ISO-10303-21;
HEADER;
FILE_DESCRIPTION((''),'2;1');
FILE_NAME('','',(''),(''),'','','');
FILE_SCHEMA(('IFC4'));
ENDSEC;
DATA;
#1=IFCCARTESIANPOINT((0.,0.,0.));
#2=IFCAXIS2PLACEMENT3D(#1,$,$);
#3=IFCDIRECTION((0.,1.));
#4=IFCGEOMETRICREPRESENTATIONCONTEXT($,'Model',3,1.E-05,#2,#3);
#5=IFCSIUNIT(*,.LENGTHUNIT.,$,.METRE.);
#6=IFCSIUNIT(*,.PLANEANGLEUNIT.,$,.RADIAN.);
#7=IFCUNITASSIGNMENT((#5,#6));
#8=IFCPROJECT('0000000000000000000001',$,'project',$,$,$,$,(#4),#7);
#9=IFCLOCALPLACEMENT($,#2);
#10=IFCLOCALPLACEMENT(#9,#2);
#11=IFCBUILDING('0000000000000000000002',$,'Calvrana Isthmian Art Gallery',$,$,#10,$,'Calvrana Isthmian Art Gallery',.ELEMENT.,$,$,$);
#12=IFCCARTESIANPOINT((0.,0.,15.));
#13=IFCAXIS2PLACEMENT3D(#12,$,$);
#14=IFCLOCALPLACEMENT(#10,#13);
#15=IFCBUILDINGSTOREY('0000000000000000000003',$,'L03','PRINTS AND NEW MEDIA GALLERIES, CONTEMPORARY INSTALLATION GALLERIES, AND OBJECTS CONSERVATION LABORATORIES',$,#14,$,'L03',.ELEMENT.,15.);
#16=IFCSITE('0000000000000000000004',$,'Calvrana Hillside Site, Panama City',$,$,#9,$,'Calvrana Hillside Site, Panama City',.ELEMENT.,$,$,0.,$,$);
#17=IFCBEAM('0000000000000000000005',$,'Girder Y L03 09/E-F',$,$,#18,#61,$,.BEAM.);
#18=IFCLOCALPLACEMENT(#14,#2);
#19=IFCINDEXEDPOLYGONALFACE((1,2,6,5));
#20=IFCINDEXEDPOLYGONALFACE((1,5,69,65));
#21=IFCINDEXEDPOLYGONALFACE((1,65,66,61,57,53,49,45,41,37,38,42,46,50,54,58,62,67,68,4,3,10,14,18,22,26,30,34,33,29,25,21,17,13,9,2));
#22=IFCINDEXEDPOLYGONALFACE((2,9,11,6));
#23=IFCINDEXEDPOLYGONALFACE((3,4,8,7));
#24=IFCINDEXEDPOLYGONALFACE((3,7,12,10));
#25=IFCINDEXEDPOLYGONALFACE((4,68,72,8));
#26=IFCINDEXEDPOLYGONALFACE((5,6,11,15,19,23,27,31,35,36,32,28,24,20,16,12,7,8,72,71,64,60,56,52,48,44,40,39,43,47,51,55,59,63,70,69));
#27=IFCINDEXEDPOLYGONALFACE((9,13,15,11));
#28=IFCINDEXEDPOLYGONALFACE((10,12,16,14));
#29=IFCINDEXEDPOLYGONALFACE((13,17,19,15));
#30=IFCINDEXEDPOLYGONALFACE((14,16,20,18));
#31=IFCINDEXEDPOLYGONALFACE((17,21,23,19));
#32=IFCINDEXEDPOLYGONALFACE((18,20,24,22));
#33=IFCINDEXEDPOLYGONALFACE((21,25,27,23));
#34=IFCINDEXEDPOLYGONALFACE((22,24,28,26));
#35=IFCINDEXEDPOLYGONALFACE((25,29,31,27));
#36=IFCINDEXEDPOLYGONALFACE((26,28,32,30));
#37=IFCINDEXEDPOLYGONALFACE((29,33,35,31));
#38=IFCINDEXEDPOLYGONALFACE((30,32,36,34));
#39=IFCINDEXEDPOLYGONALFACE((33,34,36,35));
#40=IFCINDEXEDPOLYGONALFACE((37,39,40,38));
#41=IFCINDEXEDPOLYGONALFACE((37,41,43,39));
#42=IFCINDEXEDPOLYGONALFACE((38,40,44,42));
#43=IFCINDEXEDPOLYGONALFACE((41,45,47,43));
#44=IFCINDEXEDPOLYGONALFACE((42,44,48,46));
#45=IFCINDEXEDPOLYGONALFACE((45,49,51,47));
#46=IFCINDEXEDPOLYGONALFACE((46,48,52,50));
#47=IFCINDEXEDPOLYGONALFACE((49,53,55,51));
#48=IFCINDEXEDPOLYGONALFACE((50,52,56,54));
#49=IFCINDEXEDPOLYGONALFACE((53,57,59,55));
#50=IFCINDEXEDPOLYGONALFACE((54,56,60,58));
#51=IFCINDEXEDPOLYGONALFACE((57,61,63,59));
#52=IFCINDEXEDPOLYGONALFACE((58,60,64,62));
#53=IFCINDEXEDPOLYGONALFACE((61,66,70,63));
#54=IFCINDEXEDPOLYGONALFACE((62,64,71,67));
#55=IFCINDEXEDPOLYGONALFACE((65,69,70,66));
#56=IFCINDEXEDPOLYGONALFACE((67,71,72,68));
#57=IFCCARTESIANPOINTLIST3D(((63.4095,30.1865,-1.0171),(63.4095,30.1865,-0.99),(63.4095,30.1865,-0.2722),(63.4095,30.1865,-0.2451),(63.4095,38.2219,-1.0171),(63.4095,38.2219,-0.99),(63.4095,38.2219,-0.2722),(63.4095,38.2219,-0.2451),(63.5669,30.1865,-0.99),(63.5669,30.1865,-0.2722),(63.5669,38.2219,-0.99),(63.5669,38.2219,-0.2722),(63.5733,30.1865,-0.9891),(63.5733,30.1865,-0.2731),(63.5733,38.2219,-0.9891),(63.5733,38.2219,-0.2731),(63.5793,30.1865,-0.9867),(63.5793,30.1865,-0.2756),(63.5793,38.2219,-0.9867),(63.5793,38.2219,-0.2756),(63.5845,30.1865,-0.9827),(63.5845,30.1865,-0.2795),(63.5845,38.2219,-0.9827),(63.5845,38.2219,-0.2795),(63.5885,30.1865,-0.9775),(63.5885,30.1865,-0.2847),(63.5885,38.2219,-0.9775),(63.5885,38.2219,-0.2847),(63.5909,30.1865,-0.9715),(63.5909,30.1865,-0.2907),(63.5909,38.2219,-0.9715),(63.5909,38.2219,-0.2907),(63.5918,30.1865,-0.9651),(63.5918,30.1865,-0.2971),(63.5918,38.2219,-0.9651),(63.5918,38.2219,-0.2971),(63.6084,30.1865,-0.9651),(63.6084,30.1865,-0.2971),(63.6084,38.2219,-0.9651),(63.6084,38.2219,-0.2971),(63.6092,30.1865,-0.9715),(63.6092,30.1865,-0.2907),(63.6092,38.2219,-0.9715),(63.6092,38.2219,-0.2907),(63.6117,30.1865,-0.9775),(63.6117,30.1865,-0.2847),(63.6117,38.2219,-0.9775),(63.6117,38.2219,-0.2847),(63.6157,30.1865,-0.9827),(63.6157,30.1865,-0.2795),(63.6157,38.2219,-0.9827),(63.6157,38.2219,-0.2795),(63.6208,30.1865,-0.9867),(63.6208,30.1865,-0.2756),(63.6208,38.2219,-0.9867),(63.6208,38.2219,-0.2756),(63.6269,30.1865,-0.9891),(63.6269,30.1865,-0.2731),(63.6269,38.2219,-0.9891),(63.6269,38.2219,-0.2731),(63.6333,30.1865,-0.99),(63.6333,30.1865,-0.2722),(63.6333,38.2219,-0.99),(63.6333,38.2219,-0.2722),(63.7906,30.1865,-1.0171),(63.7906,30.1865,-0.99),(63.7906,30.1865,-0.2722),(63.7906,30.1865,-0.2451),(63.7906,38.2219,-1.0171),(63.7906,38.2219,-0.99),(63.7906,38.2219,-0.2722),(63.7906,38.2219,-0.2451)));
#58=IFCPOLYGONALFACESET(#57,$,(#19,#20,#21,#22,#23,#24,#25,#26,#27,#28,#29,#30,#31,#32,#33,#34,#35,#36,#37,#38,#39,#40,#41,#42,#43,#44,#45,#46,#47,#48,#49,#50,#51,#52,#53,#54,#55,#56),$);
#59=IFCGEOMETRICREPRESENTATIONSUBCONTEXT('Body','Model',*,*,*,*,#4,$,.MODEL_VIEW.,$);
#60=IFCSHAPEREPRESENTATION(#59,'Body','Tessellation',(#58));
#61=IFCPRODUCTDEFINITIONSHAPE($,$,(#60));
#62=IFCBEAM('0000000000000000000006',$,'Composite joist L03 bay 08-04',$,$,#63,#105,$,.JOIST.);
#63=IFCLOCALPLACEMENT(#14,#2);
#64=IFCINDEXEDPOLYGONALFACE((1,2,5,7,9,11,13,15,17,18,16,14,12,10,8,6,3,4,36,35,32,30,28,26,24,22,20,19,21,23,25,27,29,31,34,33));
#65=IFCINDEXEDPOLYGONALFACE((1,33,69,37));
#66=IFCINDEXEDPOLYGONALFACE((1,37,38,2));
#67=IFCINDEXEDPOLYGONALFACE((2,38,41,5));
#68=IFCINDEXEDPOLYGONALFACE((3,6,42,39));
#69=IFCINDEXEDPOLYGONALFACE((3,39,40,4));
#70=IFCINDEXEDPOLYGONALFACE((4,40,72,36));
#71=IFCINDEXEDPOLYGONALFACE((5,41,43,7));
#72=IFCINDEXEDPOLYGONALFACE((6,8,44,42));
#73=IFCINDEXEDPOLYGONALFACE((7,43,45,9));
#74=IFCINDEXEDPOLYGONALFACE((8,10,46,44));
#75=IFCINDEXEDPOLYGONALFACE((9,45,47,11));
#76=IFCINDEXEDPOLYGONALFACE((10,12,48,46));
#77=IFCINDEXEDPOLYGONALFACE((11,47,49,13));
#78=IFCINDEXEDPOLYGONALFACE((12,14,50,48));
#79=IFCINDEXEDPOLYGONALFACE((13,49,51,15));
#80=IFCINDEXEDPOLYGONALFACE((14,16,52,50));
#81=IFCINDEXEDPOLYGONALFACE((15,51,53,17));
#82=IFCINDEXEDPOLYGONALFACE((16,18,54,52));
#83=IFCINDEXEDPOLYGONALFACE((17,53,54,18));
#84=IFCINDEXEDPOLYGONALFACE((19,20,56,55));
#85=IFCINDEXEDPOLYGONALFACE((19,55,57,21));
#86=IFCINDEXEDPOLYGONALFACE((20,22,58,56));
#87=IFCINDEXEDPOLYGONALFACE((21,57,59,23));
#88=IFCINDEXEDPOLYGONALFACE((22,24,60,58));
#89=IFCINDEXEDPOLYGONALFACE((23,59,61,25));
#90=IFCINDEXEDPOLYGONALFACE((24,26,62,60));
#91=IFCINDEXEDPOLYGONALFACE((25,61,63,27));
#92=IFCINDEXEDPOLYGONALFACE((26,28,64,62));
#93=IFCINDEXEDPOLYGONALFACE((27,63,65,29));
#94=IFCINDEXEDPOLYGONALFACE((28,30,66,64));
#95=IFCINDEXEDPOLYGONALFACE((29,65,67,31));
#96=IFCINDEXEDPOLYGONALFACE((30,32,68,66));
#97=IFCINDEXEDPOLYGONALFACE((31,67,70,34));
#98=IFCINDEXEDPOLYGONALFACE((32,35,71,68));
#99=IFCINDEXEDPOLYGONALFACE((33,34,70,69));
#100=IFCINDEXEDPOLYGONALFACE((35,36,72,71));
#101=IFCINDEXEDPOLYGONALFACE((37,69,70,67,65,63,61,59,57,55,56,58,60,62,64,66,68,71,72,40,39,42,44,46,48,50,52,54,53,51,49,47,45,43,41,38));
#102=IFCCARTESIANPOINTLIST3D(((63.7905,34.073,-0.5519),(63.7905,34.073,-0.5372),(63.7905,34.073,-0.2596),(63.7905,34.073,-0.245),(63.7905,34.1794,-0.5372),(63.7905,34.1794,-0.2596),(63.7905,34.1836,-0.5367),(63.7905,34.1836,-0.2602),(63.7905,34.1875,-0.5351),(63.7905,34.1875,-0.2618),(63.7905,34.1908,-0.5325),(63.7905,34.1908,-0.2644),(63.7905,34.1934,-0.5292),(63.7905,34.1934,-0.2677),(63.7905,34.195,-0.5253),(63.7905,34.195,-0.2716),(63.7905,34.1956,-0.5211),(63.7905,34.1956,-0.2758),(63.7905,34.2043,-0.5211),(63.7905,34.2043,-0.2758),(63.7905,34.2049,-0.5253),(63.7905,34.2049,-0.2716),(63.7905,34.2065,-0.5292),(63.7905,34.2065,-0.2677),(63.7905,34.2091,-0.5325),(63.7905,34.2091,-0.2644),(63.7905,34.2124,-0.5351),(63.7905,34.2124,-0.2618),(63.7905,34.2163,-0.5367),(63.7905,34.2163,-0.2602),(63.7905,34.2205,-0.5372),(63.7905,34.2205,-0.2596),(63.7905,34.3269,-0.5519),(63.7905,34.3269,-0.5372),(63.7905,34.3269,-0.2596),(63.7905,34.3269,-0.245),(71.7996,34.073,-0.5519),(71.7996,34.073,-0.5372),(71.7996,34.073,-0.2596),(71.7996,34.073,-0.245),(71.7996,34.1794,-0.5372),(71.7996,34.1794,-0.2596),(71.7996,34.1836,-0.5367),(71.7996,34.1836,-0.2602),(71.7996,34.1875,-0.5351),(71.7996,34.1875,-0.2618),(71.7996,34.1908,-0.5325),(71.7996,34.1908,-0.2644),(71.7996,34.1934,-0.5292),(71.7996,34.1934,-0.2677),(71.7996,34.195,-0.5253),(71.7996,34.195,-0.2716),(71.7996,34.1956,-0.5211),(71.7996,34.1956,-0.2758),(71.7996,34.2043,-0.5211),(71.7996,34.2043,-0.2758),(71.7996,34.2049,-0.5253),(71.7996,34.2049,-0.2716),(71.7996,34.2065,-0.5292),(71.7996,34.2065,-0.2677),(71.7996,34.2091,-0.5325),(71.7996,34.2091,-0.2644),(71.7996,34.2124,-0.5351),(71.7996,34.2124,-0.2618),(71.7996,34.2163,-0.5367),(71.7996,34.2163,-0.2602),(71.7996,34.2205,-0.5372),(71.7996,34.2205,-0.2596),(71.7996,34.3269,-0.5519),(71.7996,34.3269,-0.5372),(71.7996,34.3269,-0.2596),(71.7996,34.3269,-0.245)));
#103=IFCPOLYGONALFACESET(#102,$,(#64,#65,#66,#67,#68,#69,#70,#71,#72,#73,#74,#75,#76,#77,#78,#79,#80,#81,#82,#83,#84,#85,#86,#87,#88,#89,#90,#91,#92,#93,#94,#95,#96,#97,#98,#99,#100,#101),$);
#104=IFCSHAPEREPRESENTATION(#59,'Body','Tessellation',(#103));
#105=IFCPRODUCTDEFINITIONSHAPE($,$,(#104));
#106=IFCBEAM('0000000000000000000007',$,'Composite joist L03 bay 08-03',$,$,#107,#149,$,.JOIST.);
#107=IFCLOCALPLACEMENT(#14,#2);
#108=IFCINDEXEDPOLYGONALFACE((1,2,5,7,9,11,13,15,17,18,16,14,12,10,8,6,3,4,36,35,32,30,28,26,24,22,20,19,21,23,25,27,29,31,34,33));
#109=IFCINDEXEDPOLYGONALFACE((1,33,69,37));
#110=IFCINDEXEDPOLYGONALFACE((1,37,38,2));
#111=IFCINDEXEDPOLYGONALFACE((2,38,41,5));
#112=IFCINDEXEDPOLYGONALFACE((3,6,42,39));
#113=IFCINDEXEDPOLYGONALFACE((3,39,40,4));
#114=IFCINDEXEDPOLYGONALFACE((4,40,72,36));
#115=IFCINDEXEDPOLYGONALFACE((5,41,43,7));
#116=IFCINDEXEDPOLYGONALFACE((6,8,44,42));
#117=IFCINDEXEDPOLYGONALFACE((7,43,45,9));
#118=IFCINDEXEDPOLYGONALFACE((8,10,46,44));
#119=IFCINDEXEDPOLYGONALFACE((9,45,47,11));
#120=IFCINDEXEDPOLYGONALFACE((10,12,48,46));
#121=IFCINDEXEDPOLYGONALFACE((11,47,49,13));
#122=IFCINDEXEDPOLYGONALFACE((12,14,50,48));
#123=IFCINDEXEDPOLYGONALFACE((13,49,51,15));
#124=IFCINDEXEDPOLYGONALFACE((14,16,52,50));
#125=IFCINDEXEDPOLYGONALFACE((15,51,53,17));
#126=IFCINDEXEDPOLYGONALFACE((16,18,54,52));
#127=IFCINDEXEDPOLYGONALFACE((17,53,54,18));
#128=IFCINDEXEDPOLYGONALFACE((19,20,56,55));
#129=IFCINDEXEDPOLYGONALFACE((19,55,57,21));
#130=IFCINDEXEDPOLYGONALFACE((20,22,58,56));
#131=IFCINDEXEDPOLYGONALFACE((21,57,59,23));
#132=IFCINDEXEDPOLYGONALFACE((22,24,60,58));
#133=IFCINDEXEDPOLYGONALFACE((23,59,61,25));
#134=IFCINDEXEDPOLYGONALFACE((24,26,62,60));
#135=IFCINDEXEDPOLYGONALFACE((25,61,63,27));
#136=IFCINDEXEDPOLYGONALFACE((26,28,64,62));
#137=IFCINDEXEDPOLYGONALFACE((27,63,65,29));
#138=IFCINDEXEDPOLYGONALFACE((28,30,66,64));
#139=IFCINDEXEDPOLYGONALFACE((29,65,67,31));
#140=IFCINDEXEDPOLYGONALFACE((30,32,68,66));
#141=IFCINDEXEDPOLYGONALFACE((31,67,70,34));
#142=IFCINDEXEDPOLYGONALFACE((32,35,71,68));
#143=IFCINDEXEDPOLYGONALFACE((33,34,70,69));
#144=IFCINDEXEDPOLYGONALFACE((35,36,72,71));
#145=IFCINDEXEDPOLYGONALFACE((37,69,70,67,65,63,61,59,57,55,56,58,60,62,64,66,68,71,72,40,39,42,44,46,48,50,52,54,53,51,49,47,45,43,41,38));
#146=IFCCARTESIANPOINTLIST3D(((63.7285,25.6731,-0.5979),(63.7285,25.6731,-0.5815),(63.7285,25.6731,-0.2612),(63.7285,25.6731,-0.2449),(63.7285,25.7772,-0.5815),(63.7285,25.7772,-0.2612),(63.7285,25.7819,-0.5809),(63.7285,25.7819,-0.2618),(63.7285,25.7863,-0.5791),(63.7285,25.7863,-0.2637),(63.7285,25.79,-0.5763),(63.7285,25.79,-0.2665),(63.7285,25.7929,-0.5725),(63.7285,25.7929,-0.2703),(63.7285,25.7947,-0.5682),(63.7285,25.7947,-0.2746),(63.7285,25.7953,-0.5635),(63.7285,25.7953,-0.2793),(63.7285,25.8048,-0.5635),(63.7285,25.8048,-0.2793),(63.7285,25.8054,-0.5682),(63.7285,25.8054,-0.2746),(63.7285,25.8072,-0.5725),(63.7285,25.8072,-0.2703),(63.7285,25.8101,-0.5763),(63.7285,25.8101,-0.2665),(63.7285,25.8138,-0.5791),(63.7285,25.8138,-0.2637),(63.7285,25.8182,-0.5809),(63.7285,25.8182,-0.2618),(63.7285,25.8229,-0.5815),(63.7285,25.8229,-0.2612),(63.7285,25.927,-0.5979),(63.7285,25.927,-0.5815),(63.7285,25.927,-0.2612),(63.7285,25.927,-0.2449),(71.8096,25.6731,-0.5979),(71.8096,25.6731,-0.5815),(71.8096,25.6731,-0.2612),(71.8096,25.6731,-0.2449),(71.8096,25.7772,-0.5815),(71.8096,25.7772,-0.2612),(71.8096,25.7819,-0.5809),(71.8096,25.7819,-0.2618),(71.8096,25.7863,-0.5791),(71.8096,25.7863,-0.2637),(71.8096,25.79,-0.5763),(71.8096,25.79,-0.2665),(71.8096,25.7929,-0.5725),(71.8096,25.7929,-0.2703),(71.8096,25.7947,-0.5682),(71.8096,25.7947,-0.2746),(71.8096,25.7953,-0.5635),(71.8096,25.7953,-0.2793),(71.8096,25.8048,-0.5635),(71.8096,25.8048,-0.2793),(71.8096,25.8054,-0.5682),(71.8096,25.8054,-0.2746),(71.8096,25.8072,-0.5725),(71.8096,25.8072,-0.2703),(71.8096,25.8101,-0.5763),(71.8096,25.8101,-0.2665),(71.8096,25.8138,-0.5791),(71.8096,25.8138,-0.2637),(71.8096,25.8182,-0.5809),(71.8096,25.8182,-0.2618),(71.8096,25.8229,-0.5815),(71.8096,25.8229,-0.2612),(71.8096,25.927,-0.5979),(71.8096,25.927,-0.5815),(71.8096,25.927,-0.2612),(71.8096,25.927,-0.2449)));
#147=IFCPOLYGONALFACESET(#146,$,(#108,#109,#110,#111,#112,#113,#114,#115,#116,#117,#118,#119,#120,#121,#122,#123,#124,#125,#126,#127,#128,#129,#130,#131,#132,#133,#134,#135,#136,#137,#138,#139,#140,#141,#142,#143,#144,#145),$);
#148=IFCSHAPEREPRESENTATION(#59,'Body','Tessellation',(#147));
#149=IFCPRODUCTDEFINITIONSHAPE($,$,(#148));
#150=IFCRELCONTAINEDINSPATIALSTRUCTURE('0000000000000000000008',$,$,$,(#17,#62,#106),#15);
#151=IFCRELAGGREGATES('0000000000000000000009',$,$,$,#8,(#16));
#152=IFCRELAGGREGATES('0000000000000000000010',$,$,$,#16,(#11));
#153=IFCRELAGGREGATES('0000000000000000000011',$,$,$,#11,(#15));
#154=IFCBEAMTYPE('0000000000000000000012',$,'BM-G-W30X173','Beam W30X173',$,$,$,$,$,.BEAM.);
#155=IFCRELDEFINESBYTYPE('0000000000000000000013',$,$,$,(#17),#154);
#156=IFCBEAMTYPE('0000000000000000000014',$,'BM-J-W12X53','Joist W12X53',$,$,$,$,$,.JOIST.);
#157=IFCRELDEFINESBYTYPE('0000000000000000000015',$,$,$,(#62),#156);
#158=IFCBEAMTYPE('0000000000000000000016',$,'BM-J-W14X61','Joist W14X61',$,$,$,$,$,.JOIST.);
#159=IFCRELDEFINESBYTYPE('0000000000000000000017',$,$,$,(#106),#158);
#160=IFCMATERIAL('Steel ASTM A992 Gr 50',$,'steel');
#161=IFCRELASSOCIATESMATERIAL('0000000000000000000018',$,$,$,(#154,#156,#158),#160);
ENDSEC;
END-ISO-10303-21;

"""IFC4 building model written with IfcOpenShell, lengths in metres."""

from ifc_helpers import new_model, si_unit, direction, frame, origin, origin_2d, place, context, subcontext, project, spatial, i_section, extrude, material, material_profile, profile_set, type_object, element, save


model = new_model("IFC4")

# Units and contexts
model_context = context("Model", 3, precision=1e-05, world=origin(), true_north=direction((0.0, 1.0)))
body_context = subcontext(model_context, "Body", "Model", "MODEL_VIEW")
ifc_project = project(units=[si_unit("LENGTHUNIT", "METRE"), si_unit("PLANEANGLEUNIT", "RADIAN")], contexts=[model_context])

# Site, building, storey
site_placement = place(None, origin())
site = spatial("IfcSite", under=ifc_project, at=site_placement, Name="Calvrana Hillside Site, Panama City", LongName="Calvrana Hillside Site, Panama City", CompositionType="ELEMENT", RefElevation=0.0)
building_placement = place(site_placement, origin())
building = spatial("IfcBuilding", under=site, at=building_placement, Name="Calvrana Isthmian Art Gallery", LongName="Calvrana Isthmian Art Gallery", CompositionType="ELEMENT")
storey_placement = place(building_placement, frame((0.0, 0.0, 15.0)))
storey = spatial("IfcBuildingStorey", under=building, at=storey_placement, Name="L03", Description="PRINTS AND NEW MEDIA GALLERIES, CONTEMPORARY INSTALLATION GALLERIES, AND OBJECTS CONSERVATION LABORATORIES", LongName="L03", CompositionType="ELEMENT", Elevation=15.0)

# Shared definitions
ifc_material_1 = material(Name="Steel ASTM A992 Gr 50", Category="steel")

# Beams
ifc_material_profile_1 = material_profile(ifc_material_1, i_section(OverallWidth=0.3811, OverallDepth=0.772, WebThickness=0.0166, FlangeThickness=0.0271, FilletRadius=0.0249, at=origin_2d()), Name="W30X173")
ifc_profile_set_1 = profile_set([ifc_material_profile_1], Name="Steel ASTM A992 Gr 50")
beam_type_1 = type_object("IfcBeamType", Name="BM-G-W30X173", Description="Beam W30X173", PredefinedType="BEAM", material=ifc_profile_set_1)
beam_1_placement = place(storey_placement, frame((63.6001, 30.1865, -0.6311), z_axis=(0.0, 1.0, 0.0), x_axis=(-1.0, 0.0, 0.0)))
element("IfcBeam", 1, at=beam_1_placement, inside=storey, type_object=beam_type_1, Name="Girder Y L03 09/E-F", PredefinedType="BEAM", context=body_context, shape_type="SweptSolid", body=[
    extrude(i_section(OverallWidth=0.3811, OverallDepth=0.772, WebThickness=0.0166, FlangeThickness=0.0271, FilletRadius=0.0249, at=origin_2d()), origin(), (0.0, 0.0, 1.0), 8.0354),
])
ifc_material_profile_2 = material_profile(ifc_material_1, i_section(OverallWidth=0.2539, OverallDepth=0.3069, WebThickness=0.0088, FlangeThickness=0.0146, FilletRadius=0.0161, at=origin_2d()), Name="W12X53")
ifc_profile_set_2 = profile_set([ifc_material_profile_2], Name="Steel ASTM A992 Gr 50")
beam_type_2 = type_object("IfcBeamType", Name="BM-J-W12X53", Description="Joist W12X53", PredefinedType="JOIST", material=ifc_profile_set_2)
beam_2_placement = place(storey_placement, frame((63.7905, 34.2, -0.3984), z_axis=(1.0, 0.0, 0.0), x_axis=(0.0, 1.0, 0.0)))
element("IfcBeam", 2, at=beam_2_placement, inside=storey, type_object=beam_type_2, Name="Composite joist L03 bay 08-04", PredefinedType="JOIST", context=body_context, shape_type="SweptSolid", body=[
    extrude(i_section(OverallWidth=0.2539, OverallDepth=0.3069, WebThickness=0.0088, FlangeThickness=0.0146, FilletRadius=0.0161, at=origin_2d()), origin(), (0.0, 0.0, 1.0), 8.009),
])
ifc_material_profile_3 = material_profile(ifc_material_1, i_section(OverallWidth=0.2539, OverallDepth=0.353, WebThickness=0.0095, FlangeThickness=0.0164, FilletRadius=0.0181, at=origin_2d()), Name="W14X61")
ifc_profile_set_3 = profile_set([ifc_material_profile_3], Name="Steel ASTM A992 Gr 50")
beam_type_3 = type_object("IfcBeamType", Name="BM-J-W14X61", Description="Joist W14X61", PredefinedType="JOIST", material=ifc_profile_set_3)
beam_3_placement = place(storey_placement, frame((63.7285, 25.8, -0.4214), z_axis=(1.0, 0.0, 0.0), x_axis=(0.0, 1.0, 0.0)))
element("IfcBeam", 3, at=beam_3_placement, inside=storey, type_object=beam_type_3, Name="Composite joist L03 bay 08-03", PredefinedType="JOIST", context=body_context, shape_type="SweptSolid", body=[
    extrude(i_section(OverallWidth=0.2539, OverallDepth=0.353, WebThickness=0.0095, FlangeThickness=0.0164, FilletRadius=0.0181, at=origin_2d()), origin(), (0.0, 0.0, 1.0), 8.0811),
])

save(model, "model.ifc")
